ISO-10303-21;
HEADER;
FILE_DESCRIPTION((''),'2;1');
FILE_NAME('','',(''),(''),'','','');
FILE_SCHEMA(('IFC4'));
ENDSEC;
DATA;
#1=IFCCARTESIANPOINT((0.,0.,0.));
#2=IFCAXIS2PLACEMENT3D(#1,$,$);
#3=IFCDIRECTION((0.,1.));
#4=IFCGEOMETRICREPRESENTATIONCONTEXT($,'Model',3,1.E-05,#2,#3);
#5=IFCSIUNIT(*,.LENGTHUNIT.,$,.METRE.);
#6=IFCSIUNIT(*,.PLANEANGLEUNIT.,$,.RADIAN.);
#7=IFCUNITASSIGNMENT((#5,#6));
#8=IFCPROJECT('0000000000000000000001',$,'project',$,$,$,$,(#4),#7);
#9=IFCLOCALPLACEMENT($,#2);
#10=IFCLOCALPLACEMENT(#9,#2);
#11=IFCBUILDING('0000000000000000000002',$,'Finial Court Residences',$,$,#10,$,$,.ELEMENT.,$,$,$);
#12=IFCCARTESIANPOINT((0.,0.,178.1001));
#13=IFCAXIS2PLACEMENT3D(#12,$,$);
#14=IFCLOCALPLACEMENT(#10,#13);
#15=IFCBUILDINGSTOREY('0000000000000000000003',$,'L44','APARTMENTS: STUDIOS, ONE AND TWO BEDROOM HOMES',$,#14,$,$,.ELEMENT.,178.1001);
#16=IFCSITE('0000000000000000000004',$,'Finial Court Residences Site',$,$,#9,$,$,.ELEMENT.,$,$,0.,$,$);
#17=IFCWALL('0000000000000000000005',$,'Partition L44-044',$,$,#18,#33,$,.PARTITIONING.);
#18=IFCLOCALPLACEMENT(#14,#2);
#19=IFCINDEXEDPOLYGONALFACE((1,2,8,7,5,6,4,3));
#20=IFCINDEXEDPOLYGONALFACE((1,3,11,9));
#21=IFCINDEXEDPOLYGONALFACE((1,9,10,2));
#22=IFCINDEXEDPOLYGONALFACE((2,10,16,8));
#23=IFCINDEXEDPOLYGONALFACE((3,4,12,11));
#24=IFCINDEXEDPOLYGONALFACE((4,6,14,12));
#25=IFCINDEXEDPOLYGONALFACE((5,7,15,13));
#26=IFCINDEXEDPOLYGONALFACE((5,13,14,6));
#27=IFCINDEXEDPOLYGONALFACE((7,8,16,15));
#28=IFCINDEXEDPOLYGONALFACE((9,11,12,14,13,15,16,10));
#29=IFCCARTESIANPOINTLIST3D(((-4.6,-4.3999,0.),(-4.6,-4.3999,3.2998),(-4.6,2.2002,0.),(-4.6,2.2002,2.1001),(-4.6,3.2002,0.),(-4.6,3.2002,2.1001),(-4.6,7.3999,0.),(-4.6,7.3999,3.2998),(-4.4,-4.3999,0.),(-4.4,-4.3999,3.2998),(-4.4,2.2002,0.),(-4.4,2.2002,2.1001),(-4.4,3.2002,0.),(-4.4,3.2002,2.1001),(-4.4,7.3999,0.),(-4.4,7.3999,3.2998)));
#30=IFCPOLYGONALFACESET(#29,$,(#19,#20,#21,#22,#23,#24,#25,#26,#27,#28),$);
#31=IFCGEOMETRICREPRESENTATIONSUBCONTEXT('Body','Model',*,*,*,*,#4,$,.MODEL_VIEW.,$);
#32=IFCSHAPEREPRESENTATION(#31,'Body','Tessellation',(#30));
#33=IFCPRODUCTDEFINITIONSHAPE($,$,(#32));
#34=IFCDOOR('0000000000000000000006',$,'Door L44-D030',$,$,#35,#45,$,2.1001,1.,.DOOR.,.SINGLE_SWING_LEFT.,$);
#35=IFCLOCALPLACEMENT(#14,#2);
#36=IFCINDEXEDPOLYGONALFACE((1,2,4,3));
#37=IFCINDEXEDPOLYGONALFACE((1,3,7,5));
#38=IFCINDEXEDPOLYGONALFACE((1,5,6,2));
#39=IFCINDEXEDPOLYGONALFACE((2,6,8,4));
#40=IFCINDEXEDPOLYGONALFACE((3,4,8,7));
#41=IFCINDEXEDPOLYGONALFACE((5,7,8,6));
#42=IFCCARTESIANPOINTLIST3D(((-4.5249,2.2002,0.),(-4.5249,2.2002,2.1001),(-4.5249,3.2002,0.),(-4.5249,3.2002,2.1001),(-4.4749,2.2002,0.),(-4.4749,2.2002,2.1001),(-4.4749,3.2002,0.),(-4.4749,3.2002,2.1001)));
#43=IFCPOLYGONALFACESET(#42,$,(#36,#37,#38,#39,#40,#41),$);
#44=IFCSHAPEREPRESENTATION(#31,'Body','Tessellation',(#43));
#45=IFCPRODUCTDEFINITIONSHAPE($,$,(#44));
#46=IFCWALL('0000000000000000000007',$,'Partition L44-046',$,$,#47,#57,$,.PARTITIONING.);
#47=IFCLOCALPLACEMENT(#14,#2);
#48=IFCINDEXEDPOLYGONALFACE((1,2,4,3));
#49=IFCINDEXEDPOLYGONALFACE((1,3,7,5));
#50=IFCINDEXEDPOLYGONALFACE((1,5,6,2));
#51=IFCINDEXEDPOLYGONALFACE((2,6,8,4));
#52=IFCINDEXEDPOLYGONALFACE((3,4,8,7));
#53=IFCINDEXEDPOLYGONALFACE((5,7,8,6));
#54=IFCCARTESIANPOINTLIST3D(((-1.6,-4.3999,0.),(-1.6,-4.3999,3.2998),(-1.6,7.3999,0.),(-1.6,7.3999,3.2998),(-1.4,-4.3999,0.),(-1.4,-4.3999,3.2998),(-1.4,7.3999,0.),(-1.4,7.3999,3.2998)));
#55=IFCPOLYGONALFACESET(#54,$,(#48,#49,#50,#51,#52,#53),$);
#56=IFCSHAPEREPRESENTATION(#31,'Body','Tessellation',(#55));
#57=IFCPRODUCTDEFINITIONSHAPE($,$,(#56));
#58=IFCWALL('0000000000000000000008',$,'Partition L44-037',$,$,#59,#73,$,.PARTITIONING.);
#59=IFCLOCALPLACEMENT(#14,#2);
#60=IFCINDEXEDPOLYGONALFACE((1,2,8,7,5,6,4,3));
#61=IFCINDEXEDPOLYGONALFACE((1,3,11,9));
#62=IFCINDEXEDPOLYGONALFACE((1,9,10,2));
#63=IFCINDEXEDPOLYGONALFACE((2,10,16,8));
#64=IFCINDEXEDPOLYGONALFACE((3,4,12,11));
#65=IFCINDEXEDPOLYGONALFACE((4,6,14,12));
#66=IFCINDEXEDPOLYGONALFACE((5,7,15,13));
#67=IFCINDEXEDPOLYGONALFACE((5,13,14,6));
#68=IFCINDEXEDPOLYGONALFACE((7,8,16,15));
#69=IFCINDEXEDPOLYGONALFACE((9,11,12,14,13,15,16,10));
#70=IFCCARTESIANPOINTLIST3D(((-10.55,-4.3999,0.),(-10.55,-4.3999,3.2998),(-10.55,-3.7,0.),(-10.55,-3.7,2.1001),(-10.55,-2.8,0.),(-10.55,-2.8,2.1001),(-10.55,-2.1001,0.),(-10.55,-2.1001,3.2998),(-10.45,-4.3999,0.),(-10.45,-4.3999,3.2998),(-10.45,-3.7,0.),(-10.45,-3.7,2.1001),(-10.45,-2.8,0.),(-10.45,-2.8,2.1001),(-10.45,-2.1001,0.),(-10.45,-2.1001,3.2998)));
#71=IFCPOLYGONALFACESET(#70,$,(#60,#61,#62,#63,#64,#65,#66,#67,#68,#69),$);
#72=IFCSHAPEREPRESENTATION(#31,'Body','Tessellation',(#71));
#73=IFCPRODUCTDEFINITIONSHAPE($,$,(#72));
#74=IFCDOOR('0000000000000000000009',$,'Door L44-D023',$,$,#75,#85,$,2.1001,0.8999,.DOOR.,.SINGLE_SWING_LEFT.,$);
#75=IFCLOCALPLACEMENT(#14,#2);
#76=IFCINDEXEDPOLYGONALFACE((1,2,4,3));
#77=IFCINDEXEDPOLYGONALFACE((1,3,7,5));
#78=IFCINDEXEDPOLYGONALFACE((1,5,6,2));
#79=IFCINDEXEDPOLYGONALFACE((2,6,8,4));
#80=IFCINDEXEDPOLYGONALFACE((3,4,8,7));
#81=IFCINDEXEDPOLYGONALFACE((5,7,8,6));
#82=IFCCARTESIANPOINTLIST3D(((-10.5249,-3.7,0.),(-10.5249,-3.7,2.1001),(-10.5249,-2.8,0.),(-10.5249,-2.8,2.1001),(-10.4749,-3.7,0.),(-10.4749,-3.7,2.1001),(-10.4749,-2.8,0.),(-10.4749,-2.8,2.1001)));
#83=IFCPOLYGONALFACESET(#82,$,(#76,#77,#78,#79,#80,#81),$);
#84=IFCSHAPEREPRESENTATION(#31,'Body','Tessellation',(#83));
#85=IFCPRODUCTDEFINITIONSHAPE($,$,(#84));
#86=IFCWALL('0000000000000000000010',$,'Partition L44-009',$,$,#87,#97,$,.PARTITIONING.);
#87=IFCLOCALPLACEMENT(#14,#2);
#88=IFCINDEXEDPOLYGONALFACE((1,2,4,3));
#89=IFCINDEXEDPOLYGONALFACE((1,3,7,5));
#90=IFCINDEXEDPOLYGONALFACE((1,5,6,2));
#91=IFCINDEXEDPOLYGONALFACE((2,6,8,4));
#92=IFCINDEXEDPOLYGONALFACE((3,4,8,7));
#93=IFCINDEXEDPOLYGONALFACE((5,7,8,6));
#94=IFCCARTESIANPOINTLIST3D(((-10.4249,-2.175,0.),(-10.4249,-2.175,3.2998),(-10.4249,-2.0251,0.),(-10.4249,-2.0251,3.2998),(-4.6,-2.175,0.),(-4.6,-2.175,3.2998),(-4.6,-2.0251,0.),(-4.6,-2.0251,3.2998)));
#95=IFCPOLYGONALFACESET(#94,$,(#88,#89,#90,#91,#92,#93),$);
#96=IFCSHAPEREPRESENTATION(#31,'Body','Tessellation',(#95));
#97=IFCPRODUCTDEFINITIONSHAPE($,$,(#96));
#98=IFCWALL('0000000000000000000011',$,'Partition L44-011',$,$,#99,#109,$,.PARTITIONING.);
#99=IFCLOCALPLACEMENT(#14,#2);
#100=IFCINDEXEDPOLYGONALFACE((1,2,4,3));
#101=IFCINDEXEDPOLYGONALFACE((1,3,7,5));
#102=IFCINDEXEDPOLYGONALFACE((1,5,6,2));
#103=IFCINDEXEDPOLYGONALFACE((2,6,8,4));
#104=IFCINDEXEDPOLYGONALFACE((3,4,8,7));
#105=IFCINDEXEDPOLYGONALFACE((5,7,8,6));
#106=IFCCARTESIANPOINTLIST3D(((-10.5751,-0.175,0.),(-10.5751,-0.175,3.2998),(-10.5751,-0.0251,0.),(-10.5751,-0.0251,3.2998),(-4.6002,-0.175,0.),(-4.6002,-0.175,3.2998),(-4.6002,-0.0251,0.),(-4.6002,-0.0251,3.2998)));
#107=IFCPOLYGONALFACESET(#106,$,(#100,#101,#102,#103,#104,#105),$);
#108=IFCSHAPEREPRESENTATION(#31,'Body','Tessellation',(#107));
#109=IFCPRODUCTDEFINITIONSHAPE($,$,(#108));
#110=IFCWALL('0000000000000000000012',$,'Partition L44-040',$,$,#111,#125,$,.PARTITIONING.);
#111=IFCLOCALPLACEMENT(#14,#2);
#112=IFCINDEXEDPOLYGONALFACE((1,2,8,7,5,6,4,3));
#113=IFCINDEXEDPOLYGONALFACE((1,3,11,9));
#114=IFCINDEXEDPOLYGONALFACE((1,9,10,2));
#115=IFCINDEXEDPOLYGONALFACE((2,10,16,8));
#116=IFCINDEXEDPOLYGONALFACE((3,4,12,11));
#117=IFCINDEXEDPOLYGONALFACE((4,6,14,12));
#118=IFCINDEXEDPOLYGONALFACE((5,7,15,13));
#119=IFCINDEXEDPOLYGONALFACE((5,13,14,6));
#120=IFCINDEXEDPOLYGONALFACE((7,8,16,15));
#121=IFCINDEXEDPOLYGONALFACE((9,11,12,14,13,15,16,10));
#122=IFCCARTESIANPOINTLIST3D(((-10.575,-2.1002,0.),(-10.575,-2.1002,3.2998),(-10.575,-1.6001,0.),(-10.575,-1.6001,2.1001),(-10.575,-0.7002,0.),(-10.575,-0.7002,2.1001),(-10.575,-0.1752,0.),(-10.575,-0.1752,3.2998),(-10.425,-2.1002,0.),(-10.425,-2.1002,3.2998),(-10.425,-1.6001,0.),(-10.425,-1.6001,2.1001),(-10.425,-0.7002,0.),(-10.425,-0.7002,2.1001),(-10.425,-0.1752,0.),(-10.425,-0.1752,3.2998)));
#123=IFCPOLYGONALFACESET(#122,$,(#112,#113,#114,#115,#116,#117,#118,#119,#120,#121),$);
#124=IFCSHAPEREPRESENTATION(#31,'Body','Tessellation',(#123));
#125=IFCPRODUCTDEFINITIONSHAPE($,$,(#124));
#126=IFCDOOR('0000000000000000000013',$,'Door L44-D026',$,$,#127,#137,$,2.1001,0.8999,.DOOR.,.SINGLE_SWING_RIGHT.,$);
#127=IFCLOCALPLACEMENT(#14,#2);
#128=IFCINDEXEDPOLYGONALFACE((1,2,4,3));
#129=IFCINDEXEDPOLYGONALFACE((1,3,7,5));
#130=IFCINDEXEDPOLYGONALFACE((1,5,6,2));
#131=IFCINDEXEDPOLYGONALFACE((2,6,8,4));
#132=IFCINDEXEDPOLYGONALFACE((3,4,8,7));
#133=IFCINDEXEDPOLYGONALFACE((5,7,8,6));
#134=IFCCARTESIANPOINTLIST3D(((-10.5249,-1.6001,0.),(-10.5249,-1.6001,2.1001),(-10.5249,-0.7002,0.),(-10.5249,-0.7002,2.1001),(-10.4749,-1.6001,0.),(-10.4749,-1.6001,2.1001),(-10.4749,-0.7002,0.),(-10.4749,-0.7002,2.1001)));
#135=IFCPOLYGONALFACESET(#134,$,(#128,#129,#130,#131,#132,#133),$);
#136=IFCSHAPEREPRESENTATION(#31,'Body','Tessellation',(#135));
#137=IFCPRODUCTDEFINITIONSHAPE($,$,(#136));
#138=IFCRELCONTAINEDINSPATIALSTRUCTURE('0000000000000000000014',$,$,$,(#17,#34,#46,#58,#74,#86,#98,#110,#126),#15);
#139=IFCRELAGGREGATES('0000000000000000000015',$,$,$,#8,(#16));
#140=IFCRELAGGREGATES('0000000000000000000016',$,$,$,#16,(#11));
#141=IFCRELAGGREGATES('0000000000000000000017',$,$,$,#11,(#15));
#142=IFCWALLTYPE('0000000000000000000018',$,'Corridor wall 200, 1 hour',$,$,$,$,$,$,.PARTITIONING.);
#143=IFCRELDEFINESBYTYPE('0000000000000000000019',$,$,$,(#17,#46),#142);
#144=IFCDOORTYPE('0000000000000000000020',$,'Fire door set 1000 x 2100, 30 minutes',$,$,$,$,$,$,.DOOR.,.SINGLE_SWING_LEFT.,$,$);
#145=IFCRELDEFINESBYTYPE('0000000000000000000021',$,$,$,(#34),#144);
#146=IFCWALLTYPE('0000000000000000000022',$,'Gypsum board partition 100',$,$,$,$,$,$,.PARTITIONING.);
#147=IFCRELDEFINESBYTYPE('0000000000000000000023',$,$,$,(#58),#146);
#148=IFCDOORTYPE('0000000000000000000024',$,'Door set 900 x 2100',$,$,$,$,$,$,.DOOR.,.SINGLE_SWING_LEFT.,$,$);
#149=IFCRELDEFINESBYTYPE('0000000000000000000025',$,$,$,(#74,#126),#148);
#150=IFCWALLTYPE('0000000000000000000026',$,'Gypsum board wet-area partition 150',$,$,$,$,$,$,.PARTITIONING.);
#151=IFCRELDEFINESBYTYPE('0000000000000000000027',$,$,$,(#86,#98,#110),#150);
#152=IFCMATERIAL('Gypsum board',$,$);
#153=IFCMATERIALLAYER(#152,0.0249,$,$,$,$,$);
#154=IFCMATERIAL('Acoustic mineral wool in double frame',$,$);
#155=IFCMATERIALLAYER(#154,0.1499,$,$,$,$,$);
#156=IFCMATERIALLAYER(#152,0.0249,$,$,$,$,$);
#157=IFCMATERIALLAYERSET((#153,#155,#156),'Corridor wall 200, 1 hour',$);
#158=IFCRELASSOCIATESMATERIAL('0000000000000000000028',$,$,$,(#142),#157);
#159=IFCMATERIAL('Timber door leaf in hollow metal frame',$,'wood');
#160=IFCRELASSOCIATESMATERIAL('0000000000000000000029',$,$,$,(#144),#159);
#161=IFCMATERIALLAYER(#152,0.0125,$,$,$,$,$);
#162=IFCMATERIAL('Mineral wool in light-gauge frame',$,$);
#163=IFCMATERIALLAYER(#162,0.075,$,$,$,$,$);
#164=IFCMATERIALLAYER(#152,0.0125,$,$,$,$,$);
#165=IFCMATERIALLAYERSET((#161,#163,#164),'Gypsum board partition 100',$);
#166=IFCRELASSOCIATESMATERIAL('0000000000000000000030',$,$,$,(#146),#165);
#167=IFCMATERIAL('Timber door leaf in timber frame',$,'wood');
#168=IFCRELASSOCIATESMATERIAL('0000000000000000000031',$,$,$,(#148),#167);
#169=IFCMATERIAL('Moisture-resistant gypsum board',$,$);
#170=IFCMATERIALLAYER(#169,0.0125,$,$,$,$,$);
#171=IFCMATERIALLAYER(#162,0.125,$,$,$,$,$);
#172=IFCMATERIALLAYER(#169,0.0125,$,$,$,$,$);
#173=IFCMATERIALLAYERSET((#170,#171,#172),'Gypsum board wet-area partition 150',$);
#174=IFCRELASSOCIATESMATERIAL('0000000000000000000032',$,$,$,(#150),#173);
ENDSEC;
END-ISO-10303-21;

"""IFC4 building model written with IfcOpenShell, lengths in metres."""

from ifc_helpers import new_model, si_unit, direction, frame, frame_2d, origin, place, context, subcontext, project, spatial, rectangle, extrude, material, layer, layer_set, type_object, element, fill, save


model = new_model("IFC4")

# Units and contexts
model_context = context("Model", 3, precision=1e-05, world=origin(), true_north=direction((0.0, 1.0)))
body_context = subcontext(model_context, "Body", "Model", "MODEL_VIEW")
ifc_project = project(units=[si_unit("LENGTHUNIT", "METRE"), si_unit("PLANEANGLEUNIT", "RADIAN")], contexts=[model_context])

# Site, building, storey
site_placement = place(None, origin())
site = spatial("IfcSite", under=ifc_project, at=site_placement, Name="Finial Court Residences Site", CompositionType="ELEMENT", RefElevation=0.0)
building_placement = place(site_placement, origin())
building = spatial("IfcBuilding", under=site, at=building_placement, Name="Finial Court Residences", CompositionType="ELEMENT")
storey_placement = place(building_placement, frame((0.0, 0.0, 178.1001)))
storey = spatial("IfcBuildingStorey", under=building, at=storey_placement, Name="L44", Description="APARTMENTS: STUDIOS, ONE AND TWO BEDROOM HOMES", CompositionType="ELEMENT", Elevation=178.1001)

# Wall, opening, door
ifc_material_1 = material(Name="Gypsum board")
ifc_layer_1 = layer(ifc_material_1, 0.0249)
ifc_material_2 = material(Name="Acoustic mineral wool in double frame")
ifc_layer_2 = layer(ifc_material_2, 0.1499)
ifc_layer_3 = layer(ifc_material_1, 0.0249)
ifc_layer_set_1 = layer_set([ifc_layer_1, ifc_layer_2, ifc_layer_3], Name="Corridor wall 200, 1 hour")
wall_type_1 = type_object("IfcWallType", Name="Corridor wall 200, 1 hour", PredefinedType="PARTITIONING", material=ifc_layer_set_1)
ifc_material_3 = material(Name="Timber door leaf in hollow metal frame", Category="wood")
wall_1_placement = place(storey_placement, frame((-4.5, -4.3999, 0.0), z_axis=(0.0, 0.0, 1.0), x_axis=(0.0, 1.0, 0.0)))
wall_1 = element("IfcWall", 1, at=wall_1_placement, inside=storey, type_object=wall_type_1, Name="Partition L44-044", PredefinedType="PARTITIONING", context=body_context, shape_type="SweptSolid", body=[
    extrude(rectangle(XDim=11.7998, YDim=0.2, at=frame_2d((5.8999, 0.0))), origin(), (0.0, 0.0, 1.0), 3.2998),
])
opening_1_placement = place(wall_1_placement, frame((6.6001, 0.0, 0.0)))
opening_1 = element("IfcOpeningElement", 2, at=opening_1_placement, cuts=wall_1, PredefinedType="OPENING", context=body_context, shape_type="SweptSolid", body=[
    extrude(rectangle(XDim=1.0, YDim=2.1001, at=frame_2d((0.5, 1.05))), frame((0.0, 0.1099, 0.0), z_axis=(0.0, -1.0, 0.0), x_axis=(1.0, 0.0, 0.0)), (0.0, 0.0, 1.0), 0.22),
])
door_type_1 = type_object("IfcDoorType", Name="Fire door set 1000 x 2100, 30 minutes", OperationType="SINGLE_SWING_LEFT", PredefinedType="DOOR", material=ifc_material_3)
door_1_placement = place(opening_1_placement, origin())
door_1 = element("IfcDoor", 3, at=door_1_placement, inside=storey, type_object=door_type_1, Name="Door L44-D030", OperationType="SINGLE_SWING_LEFT", OverallHeight=2.1001, OverallWidth=1.0, PredefinedType="DOOR", context=body_context, shape_type="SweptSolid", body=[
    extrude(rectangle(XDim=1.0, YDim=2.1001, at=frame_2d((0.5, 1.05))), frame((0.0, 0.0249, 0.0), z_axis=(0.0, -1.0, 0.0), x_axis=(1.0, 0.0, 0.0)), (0.0, 0.0, 1.0), 0.05),
])
fill(opening_1, door_1)

# Wall
wall_2_placement = place(storey_placement, frame((-1.5, -4.3999, 0.0), z_axis=(0.0, 0.0, 1.0), x_axis=(0.0, 1.0, 0.0)))
element("IfcWall", 4, at=wall_2_placement, inside=storey, type_object=wall_type_1, Name="Partition L44-046", PredefinedType="PARTITIONING", context=body_context, shape_type="SweptSolid", body=[
    extrude(rectangle(XDim=11.7998, YDim=0.2, at=frame_2d((5.8999, 0.0))), origin(), (0.0, 0.0, 1.0), 3.2998),
])

# Wall, opening, door
ifc_layer_4 = layer(ifc_material_1, 0.0125)
ifc_material_4 = material(Name="Mineral wool in light-gauge frame")
ifc_layer_5 = layer(ifc_material_4, 0.075)
ifc_layer_6 = layer(ifc_material_1, 0.0125)
ifc_layer_set_2 = layer_set([ifc_layer_4, ifc_layer_5, ifc_layer_6], Name="Gypsum board partition 100")
wall_type_2 = type_object("IfcWallType", Name="Gypsum board partition 100", PredefinedType="PARTITIONING", material=ifc_layer_set_2)
wall_3_placement = place(storey_placement, frame((-10.5, -4.3999, 0.0), z_axis=(0.0, 0.0, 1.0), x_axis=(0.0, 1.0, 0.0)))
wall_3 = element("IfcWall", 5, at=wall_3_placement, inside=storey, type_object=wall_type_2, Name="Partition L44-037", PredefinedType="PARTITIONING", context=body_context, shape_type="SweptSolid", body=[
    extrude(rectangle(XDim=2.2998, YDim=0.1001, at=frame_2d((1.1499, 0.0))), origin(), (0.0, 0.0, 1.0), 3.2998),
])
opening_2_placement = place(wall_3_placement, frame((0.7, 0.0, 0.0)))
opening_2 = element("IfcOpeningElement", 6, at=opening_2_placement, cuts=wall_3, PredefinedType="OPENING", context=body_context, shape_type="SweptSolid", body=[
    extrude(rectangle(XDim=0.8999, YDim=2.1001, at=frame_2d((0.45, 1.05))), frame((0.0, 0.0601, 0.0), z_axis=(0.0, -1.0, 0.0), x_axis=(1.0, 0.0, 0.0)), (0.0, 0.0, 1.0), 0.1201),
])
ifc_material_5 = material(Name="Timber door leaf in timber frame", Category="wood")
door_type_2 = type_object("IfcDoorType", Name="Door set 900 x 2100", OperationType="SINGLE_SWING_LEFT", PredefinedType="DOOR", material=ifc_material_5)
door_2_placement = place(opening_2_placement, origin())
door_2 = element("IfcDoor", 7, at=door_2_placement, inside=storey, type_object=door_type_2, Name="Door L44-D023", OperationType="SINGLE_SWING_LEFT", OverallHeight=2.1001, OverallWidth=0.8999, PredefinedType="DOOR", context=body_context, shape_type="SweptSolid", body=[
    extrude(rectangle(XDim=0.8999, YDim=2.1001, at=frame_2d((0.45, 1.05))), frame((0.0, 0.0249, 0.0), z_axis=(0.0, -1.0, 0.0), x_axis=(1.0, 0.0, 0.0)), (0.0, 0.0, 1.0), 0.05),
])
fill(opening_2, door_2)

# Walls
ifc_material_6 = material(Name="Moisture-resistant gypsum board")
ifc_layer_7 = layer(ifc_material_6, 0.0125)
ifc_layer_8 = layer(ifc_material_4, 0.125)
ifc_layer_9 = layer(ifc_material_6, 0.0125)
ifc_layer_set_3 = layer_set([ifc_layer_7, ifc_layer_8, ifc_layer_9], Name="Gypsum board wet-area partition 150")
wall_type_3 = type_object("IfcWallType", Name="Gypsum board wet-area partition 150", PredefinedType="PARTITIONING", material=ifc_layer_set_3)
wall_4_placement = place(storey_placement, frame((-10.425, -2.1001, 0.0), z_axis=(0.0, 0.0, 1.0), x_axis=(1.0, 0.0, 0.0)))
element("IfcWall", 8, at=wall_4_placement, inside=storey, type_object=wall_type_3, Name="Partition L44-009", PredefinedType="PARTITIONING", context=body_context, shape_type="SweptSolid", body=[
    extrude(rectangle(XDim=5.825, YDim=0.1499, at=frame_2d((2.9126, 0.0))), origin(), (0.0, 0.0, 1.0), 3.2998),
])
wall_5_placement = place(storey_placement, frame((-10.575, -0.1001, 0.0), z_axis=(0.0, 0.0, 1.0), x_axis=(1.0, 0.0, 0.0)))
element("IfcWall", 9, at=wall_5_placement, inside=storey, type_object=wall_type_3, Name="Partition L44-011", PredefinedType="PARTITIONING", context=body_context, shape_type="SweptSolid", body=[
    extrude(rectangle(XDim=5.9749, YDim=0.1499, at=frame_2d((2.9873, 0.0))), origin(), (0.0, 0.0, 1.0), 3.2998),
])

# Wall, opening, door
wall_6_placement = place(storey_placement, frame((-10.5, -2.1001, 0.0), z_axis=(0.0, 0.0, 1.0), x_axis=(0.0, 1.0, 0.0)))
wall_6 = element("IfcWall", 10, at=wall_6_placement, inside=storey, type_object=wall_type_3, Name="Partition L44-040", PredefinedType="PARTITIONING", context=body_context, shape_type="SweptSolid", body=[
    extrude(rectangle(XDim=1.925, YDim=0.1499, at=frame_2d((0.9624, 0.0))), origin(), (0.0, 0.0, 1.0), 3.2998),
])
opening_3_placement = place(wall_6_placement, frame((0.5, 0.0, 0.0)))
opening_3 = element("IfcOpeningElement", 11, at=opening_3_placement, cuts=wall_6, PredefinedType="OPENING", context=body_context, shape_type="SweptSolid", body=[
    extrude(rectangle(XDim=0.8999, YDim=2.1001, at=frame_2d((0.45, 1.05))), frame((0.0, 0.085, 0.0), z_axis=(0.0, -1.0, 0.0), x_axis=(1.0, 0.0, 0.0)), (0.0, 0.0, 1.0), 0.1699),
])
door_3_placement = place(opening_3_placement, origin())
door_3 = element("IfcDoor", 12, at=door_3_placement, inside=storey, type_object=door_type_2, Name="Door L44-D026", OperationType="SINGLE_SWING_RIGHT", OverallHeight=2.1001, OverallWidth=0.8999, PredefinedType="DOOR", context=body_context, shape_type="SweptSolid", body=[
    extrude(rectangle(XDim=0.8999, YDim=2.1001, at=frame_2d((0.45, 1.05))), frame((0.0, 0.0249, 0.0), z_axis=(0.0, -1.0, 0.0), x_axis=(1.0, 0.0, 0.0)), (0.0, 0.0, 1.0), 0.05),
])
fill(opening_3, door_3)

save(model, "model.ifc")
